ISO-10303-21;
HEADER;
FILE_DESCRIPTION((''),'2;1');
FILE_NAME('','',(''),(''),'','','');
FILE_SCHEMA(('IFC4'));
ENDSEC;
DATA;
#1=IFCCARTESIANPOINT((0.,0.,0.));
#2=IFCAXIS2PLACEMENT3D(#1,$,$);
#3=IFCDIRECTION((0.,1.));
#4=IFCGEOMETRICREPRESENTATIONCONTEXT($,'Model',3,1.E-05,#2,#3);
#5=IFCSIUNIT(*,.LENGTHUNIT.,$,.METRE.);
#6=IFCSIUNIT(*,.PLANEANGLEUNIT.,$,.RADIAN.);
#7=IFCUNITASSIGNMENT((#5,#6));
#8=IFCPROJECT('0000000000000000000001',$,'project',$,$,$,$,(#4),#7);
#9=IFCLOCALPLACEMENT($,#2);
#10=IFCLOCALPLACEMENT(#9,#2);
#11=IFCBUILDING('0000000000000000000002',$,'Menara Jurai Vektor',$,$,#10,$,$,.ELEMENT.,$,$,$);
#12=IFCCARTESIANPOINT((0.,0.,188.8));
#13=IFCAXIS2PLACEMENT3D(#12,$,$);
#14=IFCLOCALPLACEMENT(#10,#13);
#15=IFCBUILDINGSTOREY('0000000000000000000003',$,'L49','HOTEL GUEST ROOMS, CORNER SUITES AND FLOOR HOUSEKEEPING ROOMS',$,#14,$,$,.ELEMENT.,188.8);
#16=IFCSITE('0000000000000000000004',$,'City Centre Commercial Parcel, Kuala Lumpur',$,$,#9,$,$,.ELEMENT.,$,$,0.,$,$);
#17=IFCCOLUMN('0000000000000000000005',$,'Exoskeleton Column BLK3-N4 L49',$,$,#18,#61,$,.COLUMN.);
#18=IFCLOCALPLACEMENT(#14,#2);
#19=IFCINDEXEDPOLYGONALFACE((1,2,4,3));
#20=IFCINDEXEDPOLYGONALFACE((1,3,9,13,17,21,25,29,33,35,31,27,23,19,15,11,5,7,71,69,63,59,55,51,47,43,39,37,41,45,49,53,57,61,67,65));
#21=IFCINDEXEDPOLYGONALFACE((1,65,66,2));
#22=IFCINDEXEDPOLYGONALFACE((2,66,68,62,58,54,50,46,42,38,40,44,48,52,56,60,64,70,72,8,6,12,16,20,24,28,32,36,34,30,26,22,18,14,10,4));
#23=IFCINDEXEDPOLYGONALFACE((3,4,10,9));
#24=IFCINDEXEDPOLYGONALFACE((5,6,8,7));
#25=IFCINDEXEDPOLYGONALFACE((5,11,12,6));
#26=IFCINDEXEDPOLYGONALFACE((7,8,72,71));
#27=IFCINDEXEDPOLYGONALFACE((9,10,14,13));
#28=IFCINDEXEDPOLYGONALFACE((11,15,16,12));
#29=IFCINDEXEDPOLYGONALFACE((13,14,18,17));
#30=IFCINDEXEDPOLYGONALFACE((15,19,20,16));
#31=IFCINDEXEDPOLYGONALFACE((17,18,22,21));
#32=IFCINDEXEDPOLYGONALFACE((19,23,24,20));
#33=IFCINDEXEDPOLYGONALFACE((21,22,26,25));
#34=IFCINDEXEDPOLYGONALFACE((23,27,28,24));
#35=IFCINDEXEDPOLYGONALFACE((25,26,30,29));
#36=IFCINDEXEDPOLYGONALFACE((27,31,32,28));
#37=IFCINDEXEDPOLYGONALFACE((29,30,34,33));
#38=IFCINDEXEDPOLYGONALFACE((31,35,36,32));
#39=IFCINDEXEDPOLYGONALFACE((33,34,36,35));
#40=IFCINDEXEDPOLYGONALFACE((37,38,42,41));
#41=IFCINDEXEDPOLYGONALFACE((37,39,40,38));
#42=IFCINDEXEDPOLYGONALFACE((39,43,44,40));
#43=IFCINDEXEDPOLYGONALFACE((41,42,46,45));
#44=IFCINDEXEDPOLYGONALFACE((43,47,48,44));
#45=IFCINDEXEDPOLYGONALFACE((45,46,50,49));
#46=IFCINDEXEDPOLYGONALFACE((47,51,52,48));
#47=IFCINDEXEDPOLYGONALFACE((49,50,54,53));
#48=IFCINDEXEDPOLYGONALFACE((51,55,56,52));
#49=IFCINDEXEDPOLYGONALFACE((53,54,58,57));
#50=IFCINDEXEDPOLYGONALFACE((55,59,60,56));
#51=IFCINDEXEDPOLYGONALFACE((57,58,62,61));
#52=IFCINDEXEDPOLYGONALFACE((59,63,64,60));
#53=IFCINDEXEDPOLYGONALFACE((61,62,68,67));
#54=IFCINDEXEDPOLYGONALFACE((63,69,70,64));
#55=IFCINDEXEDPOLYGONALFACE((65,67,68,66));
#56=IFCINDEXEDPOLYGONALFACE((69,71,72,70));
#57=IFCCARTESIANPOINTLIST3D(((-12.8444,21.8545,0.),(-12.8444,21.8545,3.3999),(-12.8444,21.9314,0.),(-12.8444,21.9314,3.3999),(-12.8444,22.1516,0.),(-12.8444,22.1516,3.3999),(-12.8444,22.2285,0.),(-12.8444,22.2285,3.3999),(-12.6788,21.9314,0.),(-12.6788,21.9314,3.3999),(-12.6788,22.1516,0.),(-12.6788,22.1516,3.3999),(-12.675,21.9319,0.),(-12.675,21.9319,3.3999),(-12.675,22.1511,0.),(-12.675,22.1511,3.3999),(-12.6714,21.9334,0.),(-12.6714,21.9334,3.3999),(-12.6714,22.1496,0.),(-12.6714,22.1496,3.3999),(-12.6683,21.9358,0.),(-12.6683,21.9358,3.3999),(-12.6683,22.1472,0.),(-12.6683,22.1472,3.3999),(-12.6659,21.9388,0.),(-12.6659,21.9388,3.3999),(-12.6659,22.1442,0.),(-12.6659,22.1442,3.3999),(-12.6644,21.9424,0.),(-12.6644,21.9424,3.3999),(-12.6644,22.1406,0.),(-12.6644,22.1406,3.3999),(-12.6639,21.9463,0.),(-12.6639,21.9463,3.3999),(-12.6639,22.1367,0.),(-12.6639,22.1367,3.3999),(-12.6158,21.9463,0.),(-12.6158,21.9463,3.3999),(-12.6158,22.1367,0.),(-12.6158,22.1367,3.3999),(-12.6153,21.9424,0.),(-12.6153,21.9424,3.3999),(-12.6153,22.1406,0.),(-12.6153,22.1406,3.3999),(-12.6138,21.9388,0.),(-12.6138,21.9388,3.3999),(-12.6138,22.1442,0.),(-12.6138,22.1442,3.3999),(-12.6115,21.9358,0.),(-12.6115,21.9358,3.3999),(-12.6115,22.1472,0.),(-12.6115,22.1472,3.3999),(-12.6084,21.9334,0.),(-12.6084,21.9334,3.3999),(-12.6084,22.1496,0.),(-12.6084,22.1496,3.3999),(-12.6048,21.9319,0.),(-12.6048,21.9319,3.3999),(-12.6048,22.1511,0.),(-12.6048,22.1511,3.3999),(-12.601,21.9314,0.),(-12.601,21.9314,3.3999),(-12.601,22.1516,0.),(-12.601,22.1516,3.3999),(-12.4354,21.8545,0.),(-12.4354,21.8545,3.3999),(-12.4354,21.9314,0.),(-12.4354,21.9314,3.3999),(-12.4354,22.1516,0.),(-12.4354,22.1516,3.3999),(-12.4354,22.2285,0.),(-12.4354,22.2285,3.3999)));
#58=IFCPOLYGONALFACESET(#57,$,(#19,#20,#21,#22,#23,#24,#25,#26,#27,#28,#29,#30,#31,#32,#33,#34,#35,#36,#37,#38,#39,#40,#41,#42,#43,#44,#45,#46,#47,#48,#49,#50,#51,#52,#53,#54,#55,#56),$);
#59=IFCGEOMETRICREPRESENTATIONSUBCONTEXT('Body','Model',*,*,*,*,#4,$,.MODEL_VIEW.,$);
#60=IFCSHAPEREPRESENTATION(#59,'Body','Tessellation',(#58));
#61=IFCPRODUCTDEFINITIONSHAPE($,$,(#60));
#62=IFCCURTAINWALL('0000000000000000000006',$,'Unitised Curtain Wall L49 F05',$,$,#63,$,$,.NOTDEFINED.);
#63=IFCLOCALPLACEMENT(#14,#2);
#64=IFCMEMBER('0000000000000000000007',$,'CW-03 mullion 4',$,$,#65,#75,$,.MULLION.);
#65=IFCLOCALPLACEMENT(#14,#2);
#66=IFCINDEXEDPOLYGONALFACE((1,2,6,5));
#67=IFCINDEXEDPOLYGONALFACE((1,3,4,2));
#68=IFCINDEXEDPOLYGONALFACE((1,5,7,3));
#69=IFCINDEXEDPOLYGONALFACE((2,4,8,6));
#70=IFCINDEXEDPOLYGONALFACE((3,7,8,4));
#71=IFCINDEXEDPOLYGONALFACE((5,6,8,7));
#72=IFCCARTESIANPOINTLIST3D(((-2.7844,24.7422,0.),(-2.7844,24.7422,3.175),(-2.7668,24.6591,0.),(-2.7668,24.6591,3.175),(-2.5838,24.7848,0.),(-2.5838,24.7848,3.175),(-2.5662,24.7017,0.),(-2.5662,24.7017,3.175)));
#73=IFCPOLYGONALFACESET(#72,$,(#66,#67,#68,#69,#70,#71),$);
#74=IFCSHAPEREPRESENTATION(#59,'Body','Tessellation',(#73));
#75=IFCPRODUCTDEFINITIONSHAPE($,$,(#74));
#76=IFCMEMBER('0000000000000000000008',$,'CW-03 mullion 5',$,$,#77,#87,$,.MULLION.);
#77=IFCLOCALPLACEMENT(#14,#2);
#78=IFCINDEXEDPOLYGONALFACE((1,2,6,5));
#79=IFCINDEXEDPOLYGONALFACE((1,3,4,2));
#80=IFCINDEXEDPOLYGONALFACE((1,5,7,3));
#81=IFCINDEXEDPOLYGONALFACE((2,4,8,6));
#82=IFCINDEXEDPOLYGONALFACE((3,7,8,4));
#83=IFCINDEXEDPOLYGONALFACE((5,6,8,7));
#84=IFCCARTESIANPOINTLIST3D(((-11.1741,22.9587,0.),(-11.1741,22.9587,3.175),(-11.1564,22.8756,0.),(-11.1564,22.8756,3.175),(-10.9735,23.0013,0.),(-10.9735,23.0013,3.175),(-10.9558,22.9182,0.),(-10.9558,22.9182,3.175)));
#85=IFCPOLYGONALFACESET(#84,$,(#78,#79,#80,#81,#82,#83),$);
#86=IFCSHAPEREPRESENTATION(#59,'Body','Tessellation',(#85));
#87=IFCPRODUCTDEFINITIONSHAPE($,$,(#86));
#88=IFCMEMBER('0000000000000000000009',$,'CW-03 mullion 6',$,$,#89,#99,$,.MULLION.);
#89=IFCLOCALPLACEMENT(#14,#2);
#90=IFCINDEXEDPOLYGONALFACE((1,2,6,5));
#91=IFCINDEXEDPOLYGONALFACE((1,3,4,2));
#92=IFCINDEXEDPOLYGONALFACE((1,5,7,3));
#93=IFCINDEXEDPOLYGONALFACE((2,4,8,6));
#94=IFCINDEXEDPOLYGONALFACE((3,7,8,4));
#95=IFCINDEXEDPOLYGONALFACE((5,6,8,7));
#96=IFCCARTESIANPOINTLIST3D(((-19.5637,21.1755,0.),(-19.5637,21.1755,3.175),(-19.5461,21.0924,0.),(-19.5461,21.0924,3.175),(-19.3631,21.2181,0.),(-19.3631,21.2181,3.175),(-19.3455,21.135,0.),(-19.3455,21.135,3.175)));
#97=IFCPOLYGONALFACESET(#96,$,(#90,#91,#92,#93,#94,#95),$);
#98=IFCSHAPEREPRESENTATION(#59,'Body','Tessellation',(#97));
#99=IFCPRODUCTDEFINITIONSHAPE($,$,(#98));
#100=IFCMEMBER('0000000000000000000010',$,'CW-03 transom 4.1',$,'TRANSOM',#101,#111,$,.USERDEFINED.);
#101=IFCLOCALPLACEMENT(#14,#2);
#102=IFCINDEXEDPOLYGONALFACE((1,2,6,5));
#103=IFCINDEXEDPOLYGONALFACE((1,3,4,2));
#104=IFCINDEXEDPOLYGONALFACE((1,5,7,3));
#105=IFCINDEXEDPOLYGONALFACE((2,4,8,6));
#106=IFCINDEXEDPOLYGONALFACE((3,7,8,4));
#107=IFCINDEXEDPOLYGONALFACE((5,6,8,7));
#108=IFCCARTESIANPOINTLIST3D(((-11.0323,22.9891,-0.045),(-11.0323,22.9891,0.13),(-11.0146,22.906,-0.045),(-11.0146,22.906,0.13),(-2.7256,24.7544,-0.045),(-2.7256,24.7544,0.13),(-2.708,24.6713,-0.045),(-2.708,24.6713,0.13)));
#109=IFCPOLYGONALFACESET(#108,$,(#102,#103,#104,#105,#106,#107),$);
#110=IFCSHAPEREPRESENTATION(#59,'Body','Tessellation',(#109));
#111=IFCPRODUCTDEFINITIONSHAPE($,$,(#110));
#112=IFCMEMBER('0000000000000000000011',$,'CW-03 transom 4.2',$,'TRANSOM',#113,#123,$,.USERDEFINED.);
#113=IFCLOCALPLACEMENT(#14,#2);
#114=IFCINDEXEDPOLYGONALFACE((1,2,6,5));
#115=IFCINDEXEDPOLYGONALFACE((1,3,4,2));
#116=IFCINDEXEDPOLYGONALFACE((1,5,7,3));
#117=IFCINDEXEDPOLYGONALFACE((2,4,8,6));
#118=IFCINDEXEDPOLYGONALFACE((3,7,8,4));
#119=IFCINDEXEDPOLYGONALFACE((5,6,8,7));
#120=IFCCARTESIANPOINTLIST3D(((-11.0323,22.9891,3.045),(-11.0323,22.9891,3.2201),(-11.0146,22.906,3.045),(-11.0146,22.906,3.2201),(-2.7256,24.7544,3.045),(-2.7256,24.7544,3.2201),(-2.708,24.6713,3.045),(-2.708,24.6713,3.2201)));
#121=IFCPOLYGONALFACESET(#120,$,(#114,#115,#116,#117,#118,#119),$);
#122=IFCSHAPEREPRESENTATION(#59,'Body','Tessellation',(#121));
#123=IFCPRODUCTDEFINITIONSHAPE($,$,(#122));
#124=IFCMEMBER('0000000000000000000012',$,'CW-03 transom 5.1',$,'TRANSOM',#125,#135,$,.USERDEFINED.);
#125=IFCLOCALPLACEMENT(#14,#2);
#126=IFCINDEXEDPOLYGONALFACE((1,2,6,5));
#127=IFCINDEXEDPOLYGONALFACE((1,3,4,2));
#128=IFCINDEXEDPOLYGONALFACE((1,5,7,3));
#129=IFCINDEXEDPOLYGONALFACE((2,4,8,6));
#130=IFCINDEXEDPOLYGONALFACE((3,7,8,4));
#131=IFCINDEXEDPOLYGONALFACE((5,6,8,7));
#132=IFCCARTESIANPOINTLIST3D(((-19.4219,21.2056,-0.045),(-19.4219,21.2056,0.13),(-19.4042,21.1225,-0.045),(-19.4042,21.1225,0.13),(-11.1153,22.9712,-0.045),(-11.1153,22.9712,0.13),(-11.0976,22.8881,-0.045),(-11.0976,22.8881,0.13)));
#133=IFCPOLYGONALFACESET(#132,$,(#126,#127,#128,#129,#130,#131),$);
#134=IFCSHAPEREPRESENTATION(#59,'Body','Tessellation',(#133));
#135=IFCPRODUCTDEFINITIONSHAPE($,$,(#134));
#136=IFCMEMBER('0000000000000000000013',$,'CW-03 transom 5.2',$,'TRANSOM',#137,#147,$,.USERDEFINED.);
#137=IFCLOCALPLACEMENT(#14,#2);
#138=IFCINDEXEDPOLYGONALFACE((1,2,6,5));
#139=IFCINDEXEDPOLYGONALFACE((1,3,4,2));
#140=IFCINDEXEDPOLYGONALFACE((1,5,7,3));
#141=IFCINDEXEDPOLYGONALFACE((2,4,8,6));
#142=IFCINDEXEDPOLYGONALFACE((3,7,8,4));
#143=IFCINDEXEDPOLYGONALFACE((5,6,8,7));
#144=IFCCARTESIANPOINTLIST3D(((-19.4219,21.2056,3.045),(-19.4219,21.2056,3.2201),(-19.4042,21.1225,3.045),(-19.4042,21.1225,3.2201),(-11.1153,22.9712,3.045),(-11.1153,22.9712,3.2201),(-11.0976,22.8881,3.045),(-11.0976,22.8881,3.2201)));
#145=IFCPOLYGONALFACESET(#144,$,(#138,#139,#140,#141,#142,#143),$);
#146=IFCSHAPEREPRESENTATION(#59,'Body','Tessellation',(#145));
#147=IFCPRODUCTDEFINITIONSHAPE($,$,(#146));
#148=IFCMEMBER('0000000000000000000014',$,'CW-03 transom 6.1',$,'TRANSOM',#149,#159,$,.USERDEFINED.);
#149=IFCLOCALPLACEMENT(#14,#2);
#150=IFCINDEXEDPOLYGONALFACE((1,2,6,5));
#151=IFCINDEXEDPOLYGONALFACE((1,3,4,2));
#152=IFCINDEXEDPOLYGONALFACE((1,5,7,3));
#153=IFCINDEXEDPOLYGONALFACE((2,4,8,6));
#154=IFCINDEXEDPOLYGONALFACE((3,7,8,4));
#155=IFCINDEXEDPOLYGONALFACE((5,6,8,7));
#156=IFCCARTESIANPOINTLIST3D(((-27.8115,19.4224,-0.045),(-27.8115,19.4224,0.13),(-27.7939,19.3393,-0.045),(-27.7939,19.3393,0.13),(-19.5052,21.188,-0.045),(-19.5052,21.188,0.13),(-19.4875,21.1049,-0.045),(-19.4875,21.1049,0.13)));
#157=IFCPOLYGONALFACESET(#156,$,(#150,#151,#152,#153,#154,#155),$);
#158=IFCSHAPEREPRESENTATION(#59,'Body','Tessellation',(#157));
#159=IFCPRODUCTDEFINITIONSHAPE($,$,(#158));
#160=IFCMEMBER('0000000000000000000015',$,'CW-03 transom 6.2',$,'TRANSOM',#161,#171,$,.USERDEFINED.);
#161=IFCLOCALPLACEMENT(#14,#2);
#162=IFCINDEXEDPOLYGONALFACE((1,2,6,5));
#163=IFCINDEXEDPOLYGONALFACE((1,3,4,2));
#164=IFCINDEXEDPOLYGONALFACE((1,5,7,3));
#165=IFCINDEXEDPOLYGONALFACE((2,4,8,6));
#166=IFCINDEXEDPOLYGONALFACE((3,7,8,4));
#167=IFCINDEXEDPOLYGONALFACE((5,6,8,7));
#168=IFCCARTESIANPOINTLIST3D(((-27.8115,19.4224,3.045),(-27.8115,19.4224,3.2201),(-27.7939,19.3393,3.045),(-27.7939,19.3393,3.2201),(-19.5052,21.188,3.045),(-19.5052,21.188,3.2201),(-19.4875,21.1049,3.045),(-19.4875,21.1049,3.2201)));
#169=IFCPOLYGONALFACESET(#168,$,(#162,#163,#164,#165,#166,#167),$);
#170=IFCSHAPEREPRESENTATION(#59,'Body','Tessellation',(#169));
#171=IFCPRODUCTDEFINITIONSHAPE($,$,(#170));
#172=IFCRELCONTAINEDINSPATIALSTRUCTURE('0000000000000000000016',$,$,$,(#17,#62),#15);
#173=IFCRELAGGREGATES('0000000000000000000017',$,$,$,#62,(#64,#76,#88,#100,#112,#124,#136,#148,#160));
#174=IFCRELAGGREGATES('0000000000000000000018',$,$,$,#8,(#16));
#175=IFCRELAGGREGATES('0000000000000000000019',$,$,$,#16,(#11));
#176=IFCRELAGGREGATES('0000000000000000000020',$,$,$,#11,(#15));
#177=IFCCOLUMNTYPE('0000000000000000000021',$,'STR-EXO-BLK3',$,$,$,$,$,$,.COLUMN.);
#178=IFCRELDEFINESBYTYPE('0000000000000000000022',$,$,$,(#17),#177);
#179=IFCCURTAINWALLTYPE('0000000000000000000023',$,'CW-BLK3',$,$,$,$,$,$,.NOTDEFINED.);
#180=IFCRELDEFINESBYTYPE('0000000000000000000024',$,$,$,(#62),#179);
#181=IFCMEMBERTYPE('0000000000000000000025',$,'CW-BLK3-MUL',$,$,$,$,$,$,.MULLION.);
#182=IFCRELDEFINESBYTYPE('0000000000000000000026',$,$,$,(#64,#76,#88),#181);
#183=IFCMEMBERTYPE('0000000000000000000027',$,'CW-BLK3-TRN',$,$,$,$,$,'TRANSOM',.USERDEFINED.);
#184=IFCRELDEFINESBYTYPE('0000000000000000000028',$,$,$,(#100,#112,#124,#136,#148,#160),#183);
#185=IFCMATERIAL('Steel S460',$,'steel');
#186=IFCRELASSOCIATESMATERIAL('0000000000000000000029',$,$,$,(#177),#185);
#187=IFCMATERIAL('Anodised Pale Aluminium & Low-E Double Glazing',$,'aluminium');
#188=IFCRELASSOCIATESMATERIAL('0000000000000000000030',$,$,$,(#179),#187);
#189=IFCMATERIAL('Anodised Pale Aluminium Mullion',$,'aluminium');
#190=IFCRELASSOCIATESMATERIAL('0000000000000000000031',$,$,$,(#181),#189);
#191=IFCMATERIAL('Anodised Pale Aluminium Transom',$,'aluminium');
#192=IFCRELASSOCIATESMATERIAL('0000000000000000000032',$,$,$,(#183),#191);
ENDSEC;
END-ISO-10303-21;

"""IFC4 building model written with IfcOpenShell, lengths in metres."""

from ifc_helpers import new_model, si_unit, direction, frame, origin, origin_2d, place, context, subcontext, project, spatial, rectangle, i_section, extrude, material, material_profile, profile_set, type_object, element, aggregate, save


model = new_model("IFC4")

# Units and contexts
model_context = context("Model", 3, precision=1e-05, world=origin(), true_north=direction((0.0, 1.0)))
body_context = subcontext(model_context, "Body", "Model", "MODEL_VIEW")
ifc_project = project(units=[si_unit("LENGTHUNIT", "METRE"), si_unit("PLANEANGLEUNIT", "RADIAN")], contexts=[model_context])

# Site, building, storey
site_placement = place(None, origin())
site = spatial("IfcSite", under=ifc_project, at=site_placement, Name="City Centre Commercial Parcel, Kuala Lumpur", CompositionType="ELEMENT", RefElevation=0.0)
building_placement = place(site_placement, origin())
building = spatial("IfcBuilding", under=site, at=building_placement, Name="Menara Jurai Vektor", CompositionType="ELEMENT")
storey_placement = place(building_placement, frame((0.0, 0.0, 188.8)))
storey = spatial("IfcBuildingStorey", under=building, at=storey_placement, Name="L49", Description="HOTEL GUEST ROOMS, CORNER SUITES AND FLOOR HOUSEKEEPING ROOMS", CompositionType="ELEMENT", Elevation=188.8)

# Column
ifc_material_1 = material(Name="Steel S460", Category="steel")
ifc_material_profile_1 = material_profile(ifc_material_1, i_section(OverallWidth=0.4089, OverallDepth=0.374, WebThickness=0.0481, FlangeThickness=0.0769, FilletRadius=0.0149, at=origin_2d()), Name="HD 400x634")
ifc_profile_set_1 = profile_set([ifc_material_profile_1], Name="Steel S460")
column_type = type_object("IfcColumnType", Name="STR-EXO-BLK3", PredefinedType="COLUMN", material=ifc_profile_set_1)
column_placement = place(storey_placement, frame((-12.6399, 22.0415, 0.0), z_axis=(0.0, 0.0, 1.0), x_axis=(1.0, 0.0, 0.0)))
element("IfcColumn", 1, at=column_placement, inside=storey, type_object=column_type, Name="Exoskeleton Column BLK3-N4 L49", PredefinedType="COLUMN", context=body_context, shape_type="SweptSolid", body=[
    extrude(i_section(OverallWidth=0.4089, OverallDepth=0.374, WebThickness=0.0481, FlangeThickness=0.0769, FilletRadius=0.0149, at=origin_2d()), origin(), (0.0, 0.0, 1.0), 3.3999),
])

# Curtain wall, members
ifc_material_2 = material(Name="Anodised Pale Aluminium & Low-E Double Glazing", Category="aluminium")
curtain_wall_type = type_object("IfcCurtainWallType", Name="CW-BLK3", PredefinedType="NOTDEFINED", material=ifc_material_2)
curtain_wall_placement = place(storey_placement, origin())
curtain_wall = element("IfcCurtainWall", 2, at=curtain_wall_placement, inside=storey, type_object=curtain_wall_type, Name="Unitised Curtain Wall L49 F05", PredefinedType="NOTDEFINED")
ifc_material_3 = material(Name="Anodised Pale Aluminium Mullion", Category="aluminium")
ifc_material_profile_2 = material_profile(ifc_material_3, rectangle(XDim=0.085, YDim=0.2051, at=origin_2d()), Name="ALU MUL 85x205")
ifc_profile_set_2 = profile_set([ifc_material_profile_2], Name="Anodised Pale Aluminium Mullion")
member_type_1 = type_object("IfcMemberType", Name="CW-BLK3-MUL", PredefinedType="MULLION", material=ifc_profile_set_2)
member_1_placement = place(storey_placement, frame((-2.6753, 24.7219, 0.0), z_axis=(0.0, 0.0, 1.0), x_axis=(0.207911, -0.978148, 0.0)))
member_1 = element("IfcMember", 3, at=member_1_placement, type_object=member_type_1, Name="CW-03 mullion 4", PredefinedType="MULLION", context=body_context, shape_type="SweptSolid", body=[
    extrude(rectangle(XDim=0.085, YDim=0.2051, at=origin_2d()), origin(), (0.0, 0.0, 1.0), 3.175),
])
member_2_placement = place(storey_placement, frame((-11.0649, 22.9385, 0.0), z_axis=(0.0, 0.0, 1.0), x_axis=(0.207911, -0.978148, 0.0)))
member_2 = element("IfcMember", 4, at=member_2_placement, type_object=member_type_1, Name="CW-03 mullion 5", PredefinedType="MULLION", context=body_context, shape_type="SweptSolid", body=[
    extrude(rectangle(XDim=0.085, YDim=0.2051, at=origin_2d()), origin(), (0.0, 0.0, 1.0), 3.175),
])
member_3_placement = place(storey_placement, frame((-19.4546, 21.1553, 0.0), z_axis=(0.0, 0.0, 1.0), x_axis=(0.207911, -0.978148, 0.0)))
member_3 = element("IfcMember", 5, at=member_3_placement, type_object=member_type_1, Name="CW-03 mullion 6", PredefinedType="MULLION", context=body_context, shape_type="SweptSolid", body=[
    extrude(rectangle(XDim=0.085, YDim=0.2051, at=origin_2d()), origin(), (0.0, 0.0, 1.0), 3.175),
])
ifc_material_4 = material(Name="Anodised Pale Aluminium Transom", Category="aluminium")
ifc_material_profile_3 = material_profile(ifc_material_4, rectangle(XDim=0.085, YDim=0.175, at=origin_2d()), Name="ALU TRN 85x175")
ifc_profile_set_3 = profile_set([ifc_material_profile_3], Name="Anodised Pale Aluminium Transom")
member_type_2 = type_object("IfcMemberType", Name="CW-BLK3-TRN", ElementType="TRANSOM", PredefinedType="USERDEFINED", material=ifc_profile_set_3)
member_4_placement = place(storey_placement, frame((-2.7168, 24.7129, 0.0425), z_axis=(-0.978154, -0.207884, 0.0), x_axis=(0.207884, -0.978154, 0.0)))
member_4 = element("IfcMember", 6, at=member_4_placement, type_object=member_type_2, Name="CW-03 transom 4.1", ObjectType="TRANSOM", PredefinedType="USERDEFINED", context=body_context, shape_type="SweptSolid", body=[
    extrude(rectangle(XDim=0.085, YDim=0.175, at=origin_2d()), origin(), (0.0, 0.0, 1.0), 8.4922),
])
member_5_placement = place(storey_placement, frame((-2.7168, 24.7129, 3.1326), z_axis=(-0.978154, -0.207884, 0.0), x_axis=(0.207884, -0.978154, 0.0)))
member_5 = element("IfcMember", 7, at=member_5_placement, type_object=member_type_2, Name="CW-03 transom 4.2", ObjectType="TRANSOM", PredefinedType="USERDEFINED", context=body_context, shape_type="SweptSolid", body=[
    extrude(rectangle(XDim=0.085, YDim=0.175, at=origin_2d()), origin(), (0.0, 0.0, 1.0), 8.4922),
])
member_6_placement = place(storey_placement, frame((-11.1064, 22.9297, 0.0425), z_axis=(-0.978148, -0.207911, 0.0), x_axis=(0.207911, -0.978148, 0.0)))
member_6 = element("IfcMember", 8, at=member_6_placement, type_object=member_type_2, Name="CW-03 transom 5.1", ObjectType="TRANSOM", PredefinedType="USERDEFINED", context=body_context, shape_type="SweptSolid", body=[
    extrude(rectangle(XDim=0.085, YDim=0.175, at=origin_2d()), origin(), (0.0, 0.0, 1.0), 8.4922),
])
member_7_placement = place(storey_placement, frame((-11.1064, 22.9297, 3.1326), z_axis=(-0.978148, -0.207911, 0.0), x_axis=(0.207911, -0.978148, 0.0)))
member_7 = element("IfcMember", 9, at=member_7_placement, type_object=member_type_2, Name="CW-03 transom 5.2", ObjectType="TRANSOM", PredefinedType="USERDEFINED", context=body_context, shape_type="SweptSolid", body=[
    extrude(rectangle(XDim=0.085, YDim=0.175, at=origin_2d()), origin(), (0.0, 0.0, 1.0), 8.4922),
])
member_8_placement = place(storey_placement, frame((-19.4963, 21.1465, 0.0425), z_axis=(-0.978147, -0.207917, 0.0), x_axis=(0.207917, -0.978147, 0.0)))
member_8 = element("IfcMember", 10, at=member_8_placement, type_object=member_type_2, Name="CW-03 transom 6.1", ObjectType="TRANSOM", PredefinedType="USERDEFINED", context=body_context, shape_type="SweptSolid", body=[
    extrude(rectangle(XDim=0.085, YDim=0.175, at=origin_2d()), origin(), (0.0, 0.0, 1.0), 8.4919),
])
member_9_placement = place(storey_placement, frame((-19.4963, 21.1465, 3.1326), z_axis=(-0.978147, -0.207917, 0.0), x_axis=(0.207917, -0.978147, 0.0)))
member_9 = element("IfcMember", 11, at=member_9_placement, type_object=member_type_2, Name="CW-03 transom 6.2", ObjectType="TRANSOM", PredefinedType="USERDEFINED", context=body_context, shape_type="SweptSolid", body=[
    extrude(rectangle(XDim=0.085, YDim=0.175, at=origin_2d()), origin(), (0.0, 0.0, 1.0), 8.4919),
])

aggregate(curtain_wall, [member_1, member_2, member_3, member_4, member_5, member_6, member_7, member_8, member_9])

save(model, "model.ifc")
